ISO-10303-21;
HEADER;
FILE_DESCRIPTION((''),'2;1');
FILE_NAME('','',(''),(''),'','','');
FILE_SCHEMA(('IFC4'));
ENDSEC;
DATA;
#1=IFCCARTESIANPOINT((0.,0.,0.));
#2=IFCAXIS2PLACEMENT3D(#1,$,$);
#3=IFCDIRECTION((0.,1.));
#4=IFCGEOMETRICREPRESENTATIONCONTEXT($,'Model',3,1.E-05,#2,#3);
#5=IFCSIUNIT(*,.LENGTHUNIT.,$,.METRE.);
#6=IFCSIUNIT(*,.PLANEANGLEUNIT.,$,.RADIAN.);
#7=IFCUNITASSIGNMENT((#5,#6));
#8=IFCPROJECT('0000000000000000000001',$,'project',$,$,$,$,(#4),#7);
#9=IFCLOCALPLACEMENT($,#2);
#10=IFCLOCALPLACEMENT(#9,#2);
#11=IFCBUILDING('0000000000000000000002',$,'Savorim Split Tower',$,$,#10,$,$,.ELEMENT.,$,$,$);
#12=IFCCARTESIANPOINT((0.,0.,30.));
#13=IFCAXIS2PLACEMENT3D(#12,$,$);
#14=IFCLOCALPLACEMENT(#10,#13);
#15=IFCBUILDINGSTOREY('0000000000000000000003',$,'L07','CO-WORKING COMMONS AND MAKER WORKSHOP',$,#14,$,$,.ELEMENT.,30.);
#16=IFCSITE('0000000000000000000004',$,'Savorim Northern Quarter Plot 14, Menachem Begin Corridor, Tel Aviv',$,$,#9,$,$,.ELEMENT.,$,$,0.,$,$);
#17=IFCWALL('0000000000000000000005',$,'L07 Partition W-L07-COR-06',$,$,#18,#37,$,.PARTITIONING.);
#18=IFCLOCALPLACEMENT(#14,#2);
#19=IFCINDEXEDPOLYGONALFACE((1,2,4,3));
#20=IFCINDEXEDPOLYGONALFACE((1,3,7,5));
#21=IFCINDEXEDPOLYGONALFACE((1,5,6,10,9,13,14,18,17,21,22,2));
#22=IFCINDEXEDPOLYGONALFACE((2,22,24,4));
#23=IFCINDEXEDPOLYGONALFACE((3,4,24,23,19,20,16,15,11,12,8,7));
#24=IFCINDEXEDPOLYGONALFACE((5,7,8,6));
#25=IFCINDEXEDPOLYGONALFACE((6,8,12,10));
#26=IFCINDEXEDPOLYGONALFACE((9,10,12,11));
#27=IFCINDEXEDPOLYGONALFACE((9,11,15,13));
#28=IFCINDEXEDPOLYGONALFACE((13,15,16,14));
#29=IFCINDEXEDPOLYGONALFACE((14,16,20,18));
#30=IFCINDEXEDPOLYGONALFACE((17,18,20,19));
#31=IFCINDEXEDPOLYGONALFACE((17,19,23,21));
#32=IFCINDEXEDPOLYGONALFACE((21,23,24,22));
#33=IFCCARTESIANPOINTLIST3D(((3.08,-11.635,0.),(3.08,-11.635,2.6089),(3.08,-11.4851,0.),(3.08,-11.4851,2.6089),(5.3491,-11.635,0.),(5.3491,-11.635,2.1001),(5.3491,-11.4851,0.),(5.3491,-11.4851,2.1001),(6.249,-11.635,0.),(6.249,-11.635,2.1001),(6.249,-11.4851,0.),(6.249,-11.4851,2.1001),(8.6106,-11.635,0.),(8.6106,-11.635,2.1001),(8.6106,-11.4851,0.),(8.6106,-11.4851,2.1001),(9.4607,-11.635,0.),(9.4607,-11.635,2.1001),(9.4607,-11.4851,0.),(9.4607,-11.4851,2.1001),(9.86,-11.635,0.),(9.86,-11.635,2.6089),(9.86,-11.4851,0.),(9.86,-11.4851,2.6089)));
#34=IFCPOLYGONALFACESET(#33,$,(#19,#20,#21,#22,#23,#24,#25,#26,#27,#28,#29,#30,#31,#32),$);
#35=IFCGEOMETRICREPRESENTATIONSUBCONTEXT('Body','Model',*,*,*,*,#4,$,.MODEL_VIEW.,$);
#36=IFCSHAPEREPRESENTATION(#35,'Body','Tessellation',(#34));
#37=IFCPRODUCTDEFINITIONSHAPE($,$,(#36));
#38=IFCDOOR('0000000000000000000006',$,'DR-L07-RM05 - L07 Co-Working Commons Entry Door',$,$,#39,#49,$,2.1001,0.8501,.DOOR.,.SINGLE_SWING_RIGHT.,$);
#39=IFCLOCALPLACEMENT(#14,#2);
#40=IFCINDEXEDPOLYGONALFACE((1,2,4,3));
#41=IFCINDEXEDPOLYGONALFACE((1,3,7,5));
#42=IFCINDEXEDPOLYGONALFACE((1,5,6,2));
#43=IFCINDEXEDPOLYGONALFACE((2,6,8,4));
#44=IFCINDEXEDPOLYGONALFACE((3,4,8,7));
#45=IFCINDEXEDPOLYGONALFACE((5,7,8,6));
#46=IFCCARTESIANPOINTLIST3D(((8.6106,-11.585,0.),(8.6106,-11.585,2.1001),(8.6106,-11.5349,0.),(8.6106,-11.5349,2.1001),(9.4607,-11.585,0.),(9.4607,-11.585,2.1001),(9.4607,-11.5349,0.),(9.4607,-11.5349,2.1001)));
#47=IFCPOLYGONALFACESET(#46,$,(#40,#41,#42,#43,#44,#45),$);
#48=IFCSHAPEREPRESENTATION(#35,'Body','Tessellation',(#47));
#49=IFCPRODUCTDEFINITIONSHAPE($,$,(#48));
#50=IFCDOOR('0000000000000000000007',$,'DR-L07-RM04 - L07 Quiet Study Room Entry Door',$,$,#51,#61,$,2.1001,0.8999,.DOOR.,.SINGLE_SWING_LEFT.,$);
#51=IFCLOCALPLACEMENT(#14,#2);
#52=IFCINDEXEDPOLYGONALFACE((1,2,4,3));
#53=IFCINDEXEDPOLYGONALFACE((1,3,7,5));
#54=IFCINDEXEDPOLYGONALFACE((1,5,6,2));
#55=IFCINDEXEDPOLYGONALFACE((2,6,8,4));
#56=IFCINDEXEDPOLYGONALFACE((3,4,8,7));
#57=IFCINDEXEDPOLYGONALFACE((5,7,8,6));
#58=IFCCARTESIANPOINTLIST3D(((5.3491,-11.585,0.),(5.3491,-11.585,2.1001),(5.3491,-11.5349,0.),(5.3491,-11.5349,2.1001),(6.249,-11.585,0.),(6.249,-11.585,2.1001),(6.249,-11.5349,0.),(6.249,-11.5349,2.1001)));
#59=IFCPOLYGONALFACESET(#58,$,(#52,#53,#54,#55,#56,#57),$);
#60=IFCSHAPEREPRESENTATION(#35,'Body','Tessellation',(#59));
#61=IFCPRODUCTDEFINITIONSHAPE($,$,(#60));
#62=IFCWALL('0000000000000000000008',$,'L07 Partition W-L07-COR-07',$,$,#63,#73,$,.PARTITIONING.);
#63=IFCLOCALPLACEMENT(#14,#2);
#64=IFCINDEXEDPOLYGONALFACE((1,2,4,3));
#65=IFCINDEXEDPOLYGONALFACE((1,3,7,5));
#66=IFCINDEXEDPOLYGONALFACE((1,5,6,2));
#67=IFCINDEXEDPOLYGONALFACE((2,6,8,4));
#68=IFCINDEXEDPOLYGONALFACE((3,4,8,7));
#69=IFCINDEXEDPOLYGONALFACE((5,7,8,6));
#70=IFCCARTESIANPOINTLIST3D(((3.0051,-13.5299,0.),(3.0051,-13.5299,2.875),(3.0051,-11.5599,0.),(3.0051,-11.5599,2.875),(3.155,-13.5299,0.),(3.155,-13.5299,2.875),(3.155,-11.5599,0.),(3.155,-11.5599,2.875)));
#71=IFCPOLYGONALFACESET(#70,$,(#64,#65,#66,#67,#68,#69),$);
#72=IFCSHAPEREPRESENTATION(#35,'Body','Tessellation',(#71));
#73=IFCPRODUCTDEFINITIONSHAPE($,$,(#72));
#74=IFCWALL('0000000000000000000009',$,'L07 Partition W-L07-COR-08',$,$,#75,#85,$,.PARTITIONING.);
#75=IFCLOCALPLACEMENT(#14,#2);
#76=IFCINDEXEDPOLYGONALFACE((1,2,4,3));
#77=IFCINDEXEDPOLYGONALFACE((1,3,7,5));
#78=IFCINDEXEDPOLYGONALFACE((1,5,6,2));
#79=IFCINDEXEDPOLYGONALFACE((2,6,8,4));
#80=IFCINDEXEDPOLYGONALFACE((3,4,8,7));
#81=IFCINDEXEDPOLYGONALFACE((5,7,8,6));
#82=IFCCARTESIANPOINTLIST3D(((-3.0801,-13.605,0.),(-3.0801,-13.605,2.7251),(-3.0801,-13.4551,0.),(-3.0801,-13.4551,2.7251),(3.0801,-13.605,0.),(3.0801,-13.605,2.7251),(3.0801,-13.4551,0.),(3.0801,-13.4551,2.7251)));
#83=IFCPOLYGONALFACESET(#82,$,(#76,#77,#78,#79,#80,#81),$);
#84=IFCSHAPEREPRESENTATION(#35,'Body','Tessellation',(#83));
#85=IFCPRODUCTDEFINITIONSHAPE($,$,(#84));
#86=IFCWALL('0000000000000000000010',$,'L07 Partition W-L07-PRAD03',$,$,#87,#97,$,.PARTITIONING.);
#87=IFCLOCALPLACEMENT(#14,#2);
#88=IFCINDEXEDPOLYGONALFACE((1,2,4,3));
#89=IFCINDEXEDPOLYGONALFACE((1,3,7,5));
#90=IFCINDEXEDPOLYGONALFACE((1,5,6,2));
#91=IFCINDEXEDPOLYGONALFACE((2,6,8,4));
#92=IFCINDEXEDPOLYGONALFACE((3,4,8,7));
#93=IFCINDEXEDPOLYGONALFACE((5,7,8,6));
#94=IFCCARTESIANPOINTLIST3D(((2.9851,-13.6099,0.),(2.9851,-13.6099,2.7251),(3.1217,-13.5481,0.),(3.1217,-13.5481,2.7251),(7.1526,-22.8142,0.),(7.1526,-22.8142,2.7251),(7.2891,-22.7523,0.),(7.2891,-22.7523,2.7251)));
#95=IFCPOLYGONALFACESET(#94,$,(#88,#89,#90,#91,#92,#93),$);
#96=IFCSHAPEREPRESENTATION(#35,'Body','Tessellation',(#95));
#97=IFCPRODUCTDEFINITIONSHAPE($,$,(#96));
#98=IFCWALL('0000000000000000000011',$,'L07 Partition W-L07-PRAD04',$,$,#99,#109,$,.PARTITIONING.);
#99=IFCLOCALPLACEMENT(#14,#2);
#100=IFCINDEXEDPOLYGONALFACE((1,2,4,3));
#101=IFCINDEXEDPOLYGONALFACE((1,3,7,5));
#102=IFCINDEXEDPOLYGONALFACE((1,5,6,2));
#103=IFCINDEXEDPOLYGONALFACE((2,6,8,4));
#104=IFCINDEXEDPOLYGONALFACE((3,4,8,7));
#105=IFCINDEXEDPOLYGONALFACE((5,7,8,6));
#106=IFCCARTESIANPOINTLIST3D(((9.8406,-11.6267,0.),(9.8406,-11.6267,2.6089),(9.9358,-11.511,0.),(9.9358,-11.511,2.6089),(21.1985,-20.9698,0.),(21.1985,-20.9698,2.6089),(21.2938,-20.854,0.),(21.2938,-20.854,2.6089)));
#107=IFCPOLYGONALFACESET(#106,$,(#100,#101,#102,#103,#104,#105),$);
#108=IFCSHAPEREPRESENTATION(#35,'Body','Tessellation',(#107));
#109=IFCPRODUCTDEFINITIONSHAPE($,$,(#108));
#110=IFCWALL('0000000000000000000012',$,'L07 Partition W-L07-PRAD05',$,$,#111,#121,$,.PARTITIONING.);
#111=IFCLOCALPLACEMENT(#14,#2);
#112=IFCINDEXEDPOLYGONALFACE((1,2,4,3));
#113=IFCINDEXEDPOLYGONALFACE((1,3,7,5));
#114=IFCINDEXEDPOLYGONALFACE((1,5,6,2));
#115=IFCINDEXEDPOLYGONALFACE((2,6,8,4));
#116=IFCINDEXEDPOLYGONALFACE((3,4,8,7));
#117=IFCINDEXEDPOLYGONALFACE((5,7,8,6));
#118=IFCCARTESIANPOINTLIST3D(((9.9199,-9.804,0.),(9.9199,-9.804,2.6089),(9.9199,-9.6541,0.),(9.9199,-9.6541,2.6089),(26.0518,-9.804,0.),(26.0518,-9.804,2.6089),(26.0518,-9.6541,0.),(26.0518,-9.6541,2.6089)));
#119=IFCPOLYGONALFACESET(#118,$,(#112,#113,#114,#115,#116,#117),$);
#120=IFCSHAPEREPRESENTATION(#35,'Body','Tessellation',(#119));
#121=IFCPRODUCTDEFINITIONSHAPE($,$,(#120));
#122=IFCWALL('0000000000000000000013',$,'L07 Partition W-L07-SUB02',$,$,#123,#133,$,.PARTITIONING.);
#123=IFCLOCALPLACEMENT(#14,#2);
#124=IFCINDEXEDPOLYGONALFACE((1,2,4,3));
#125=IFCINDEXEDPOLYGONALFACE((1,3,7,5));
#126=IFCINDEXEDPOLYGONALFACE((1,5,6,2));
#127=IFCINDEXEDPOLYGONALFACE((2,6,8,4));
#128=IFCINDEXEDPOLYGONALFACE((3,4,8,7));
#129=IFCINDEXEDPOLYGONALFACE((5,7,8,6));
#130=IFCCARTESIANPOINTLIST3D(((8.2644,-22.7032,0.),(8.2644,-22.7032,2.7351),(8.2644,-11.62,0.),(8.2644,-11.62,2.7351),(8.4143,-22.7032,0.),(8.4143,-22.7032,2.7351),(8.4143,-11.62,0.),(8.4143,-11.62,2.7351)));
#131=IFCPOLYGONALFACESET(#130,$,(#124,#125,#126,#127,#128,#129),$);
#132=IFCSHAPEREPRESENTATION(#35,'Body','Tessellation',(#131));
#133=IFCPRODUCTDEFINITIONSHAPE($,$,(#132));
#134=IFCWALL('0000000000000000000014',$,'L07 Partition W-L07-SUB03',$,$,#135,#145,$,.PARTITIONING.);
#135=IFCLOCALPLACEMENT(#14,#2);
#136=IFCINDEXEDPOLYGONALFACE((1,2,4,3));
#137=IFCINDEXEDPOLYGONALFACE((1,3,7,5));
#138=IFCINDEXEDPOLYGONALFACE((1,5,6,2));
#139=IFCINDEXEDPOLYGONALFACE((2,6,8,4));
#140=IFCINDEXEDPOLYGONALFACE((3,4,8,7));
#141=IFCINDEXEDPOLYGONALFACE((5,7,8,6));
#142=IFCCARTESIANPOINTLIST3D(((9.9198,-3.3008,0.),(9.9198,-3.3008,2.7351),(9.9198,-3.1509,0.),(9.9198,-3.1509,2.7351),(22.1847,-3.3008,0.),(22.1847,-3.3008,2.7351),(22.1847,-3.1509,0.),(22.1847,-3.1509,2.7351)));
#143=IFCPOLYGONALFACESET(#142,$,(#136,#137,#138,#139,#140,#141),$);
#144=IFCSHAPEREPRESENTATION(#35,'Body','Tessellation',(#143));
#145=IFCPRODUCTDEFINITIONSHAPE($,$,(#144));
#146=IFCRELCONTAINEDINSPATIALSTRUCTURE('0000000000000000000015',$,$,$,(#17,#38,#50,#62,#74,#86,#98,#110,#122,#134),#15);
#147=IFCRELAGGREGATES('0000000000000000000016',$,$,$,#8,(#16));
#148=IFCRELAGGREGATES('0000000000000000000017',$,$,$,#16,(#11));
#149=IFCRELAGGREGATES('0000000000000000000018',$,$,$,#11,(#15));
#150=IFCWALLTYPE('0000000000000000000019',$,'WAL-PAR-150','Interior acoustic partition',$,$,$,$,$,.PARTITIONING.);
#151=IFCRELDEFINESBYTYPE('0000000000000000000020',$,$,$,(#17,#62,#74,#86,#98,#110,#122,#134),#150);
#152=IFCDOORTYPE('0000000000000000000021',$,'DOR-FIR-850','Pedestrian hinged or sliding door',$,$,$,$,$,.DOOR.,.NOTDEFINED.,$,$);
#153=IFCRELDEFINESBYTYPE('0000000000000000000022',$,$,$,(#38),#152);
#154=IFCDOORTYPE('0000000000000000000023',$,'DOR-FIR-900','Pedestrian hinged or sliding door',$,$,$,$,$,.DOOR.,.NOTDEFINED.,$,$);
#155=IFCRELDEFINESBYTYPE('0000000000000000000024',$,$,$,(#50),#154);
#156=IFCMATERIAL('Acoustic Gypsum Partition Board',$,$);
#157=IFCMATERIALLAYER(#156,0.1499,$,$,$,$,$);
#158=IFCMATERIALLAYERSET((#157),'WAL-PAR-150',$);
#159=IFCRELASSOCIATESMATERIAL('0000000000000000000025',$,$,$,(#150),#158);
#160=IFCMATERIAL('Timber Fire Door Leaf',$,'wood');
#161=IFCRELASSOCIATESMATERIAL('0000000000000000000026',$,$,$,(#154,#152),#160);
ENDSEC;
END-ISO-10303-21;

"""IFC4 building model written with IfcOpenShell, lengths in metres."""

from ifc_helpers import new_model, si_unit, direction, frame, frame_2d, origin, place, context, subcontext, project, spatial, rectangle, extrude, material, layer, layer_set, type_object, element, fill, save


model = new_model("IFC4")

# Units and contexts
model_context = context("Model", 3, precision=1e-05, world=origin(), true_north=direction((0.0, 1.0)))
body_context = subcontext(model_context, "Body", "Model", "MODEL_VIEW")
ifc_project = project(units=[si_unit("LENGTHUNIT", "METRE"), si_unit("PLANEANGLEUNIT", "RADIAN")], contexts=[model_context])

# Site, building, storey
site_placement = place(None, origin())
site = spatial("IfcSite", under=ifc_project, at=site_placement, Name="Savorim Northern Quarter Plot 14, Menachem Begin Corridor, Tel Aviv", CompositionType="ELEMENT", RefElevation=0.0)
building_placement = place(site_placement, origin())
building = spatial("IfcBuilding", under=site, at=building_placement, Name="Savorim Split Tower", CompositionType="ELEMENT")
storey_placement = place(building_placement, frame((0.0, 0.0, 30.0)))
storey = spatial("IfcBuildingStorey", under=building, at=storey_placement, Name="L07", Description="CO-WORKING COMMONS AND MAKER WORKSHOP", CompositionType="ELEMENT", Elevation=30.0)

# Shared definitions
ifc_material_1 = material(Name="Acoustic Gypsum Partition Board")
ifc_layer_1 = layer(ifc_material_1, 0.1499)
ifc_layer_set_1 = layer_set([ifc_layer_1], Name="WAL-PAR-150")
wall_type_1 = type_object("IfcWallType", Name="WAL-PAR-150", Description="Interior acoustic partition", PredefinedType="PARTITIONING", material=ifc_layer_set_1)

# Shared definitions
ifc_material_2 = material(Name="Timber Fire Door Leaf", Category="wood")
door_type_1 = type_object("IfcDoorType", Name="DOR-FIR-900", Description="Pedestrian hinged or sliding door", OperationType="NOTDEFINED", PredefinedType="DOOR", material=ifc_material_2)

# Wall, openings, doors
wall_1_placement = place(storey_placement, frame((9.8601, -11.5601, 0.0), z_axis=(0.0, 0.0, 1.0), x_axis=(-1.0, 0.0, 0.0)))
wall_1 = element("IfcWall", 1, at=wall_1_placement, inside=storey, type_object=wall_type_1, Name="L07 Partition W-L07-COR-06", PredefinedType="PARTITIONING", context=body_context, shape_type="SweptSolid", body=[
    extrude(rectangle(XDim=6.78, YDim=0.1499, at=frame_2d((3.3901, 0.0))), origin(), (0.0, 0.0, 1.0), 2.6089),
])
opening_1_placement = place(wall_1_placement, frame((3.6111, 0.0, 0.0)))
opening_1 = element("IfcOpeningElement", 2, at=opening_1_placement, cuts=wall_1, PredefinedType="OPENING", context=body_context, shape_type="SweptSolid", body=[
    extrude(rectangle(XDim=0.8999, YDim=2.1001, at=frame_2d((0.45, 1.05))), frame((0.0, 0.085, 0.0), z_axis=(0.0, -1.0, 0.0), x_axis=(1.0, 0.0, 0.0)), (0.0, 0.0, 1.0), 0.1699),
])
opening_2_placement = place(wall_1_placement, frame((0.3994, 0.0, 0.0)))
opening_2 = element("IfcOpeningElement", 3, at=opening_2_placement, cuts=wall_1, PredefinedType="OPENING", context=body_context, shape_type="SweptSolid", body=[
    extrude(rectangle(XDim=0.8501, YDim=2.1001, at=frame_2d((0.425, 1.05))), frame((0.0, 0.085, 0.0), z_axis=(0.0, -1.0, 0.0), x_axis=(1.0, 0.0, 0.0)), (0.0, 0.0, 1.0), 0.1699),
])
door_type_2 = type_object("IfcDoorType", Name="DOR-FIR-850", Description="Pedestrian hinged or sliding door", OperationType="NOTDEFINED", PredefinedType="DOOR", material=ifc_material_2)
door_1_placement = place(opening_2_placement, origin())
door_1 = element("IfcDoor", 4, at=door_1_placement, inside=storey, type_object=door_type_2, Name="DR-L07-RM05 - L07 Co-Working Commons Entry Door", OperationType="SINGLE_SWING_RIGHT", OverallHeight=2.1001, OverallWidth=0.8501, PredefinedType="DOOR", context=body_context, shape_type="SweptSolid", body=[
    extrude(rectangle(XDim=0.8501, YDim=2.1001, at=frame_2d((0.425, 1.05))), frame((0.0, 0.0249, 0.0), z_axis=(0.0, -1.0, 0.0), x_axis=(1.0, 0.0, 0.0)), (0.0, 0.0, 1.0), 0.05),
])
fill(opening_2, door_1)
door_2_placement = place(opening_1_placement, origin())
door_2 = element("IfcDoor", 5, at=door_2_placement, inside=storey, type_object=door_type_1, Name="DR-L07-RM04 - L07 Quiet Study Room Entry Door", OperationType="SINGLE_SWING_LEFT", OverallHeight=2.1001, OverallWidth=0.8999, PredefinedType="DOOR", context=body_context, shape_type="SweptSolid", body=[
    extrude(rectangle(XDim=0.8999, YDim=2.1001, at=frame_2d((0.45, 1.05))), frame((0.0, 0.0249, 0.0), z_axis=(0.0, -1.0, 0.0), x_axis=(1.0, 0.0, 0.0)), (0.0, 0.0, 1.0), 0.05),
])
fill(opening_1, door_2)

# Walls
wall_2_placement = place(storey_placement, frame((3.0801, -11.5601, 0.0), z_axis=(0.0, 0.0, 1.0), x_axis=(0.0, -1.0, 0.0)))
element("IfcWall", 6, at=wall_2_placement, inside=storey, type_object=wall_type_1, Name="L07 Partition W-L07-COR-07", PredefinedType="PARTITIONING", context=body_context, shape_type="SweptSolid", body=[
    extrude(rectangle(XDim=1.97, YDim=0.1499, at=frame_2d((0.9849, 0.0))), origin(), (0.0, 0.0, 1.0), 2.875),
])
wall_3_placement = place(storey_placement, frame((3.0801, -13.53, 0.0), z_axis=(0.0, 0.0, 1.0), x_axis=(-1.0, 0.0, 0.0)))
element("IfcWall", 7, at=wall_3_placement, inside=storey, type_object=wall_type_1, Name="L07 Partition W-L07-COR-08", PredefinedType="PARTITIONING", context=body_context, shape_type="SweptSolid", body=[
    extrude(rectangle(XDim=6.1602, YDim=0.1499, at=frame_2d((3.0801, 0.0))), origin(), (0.0, 0.0, 1.0), 2.7251),
])
wall_4_placement = place(storey_placement, frame((3.0535, -13.5791, 0.0), z_axis=(0.0, 0.0, 1.0), x_axis=(0.412464, -0.910974, 0.0)))
element("IfcWall", 8, at=wall_4_placement, inside=storey, type_object=wall_type_1, Name="L07 Partition W-L07-PRAD03", PredefinedType="PARTITIONING", context=body_context, shape_type="SweptSolid", body=[
    extrude(rectangle(XDim=10.1038, YDim=0.1499, at=frame_2d((5.0518, 0.0))), origin(), (0.0, 0.0, 1.0), 2.7251),
])
wall_5_placement = place(storey_placement, frame((9.8882, -11.5688, 0.0), z_axis=(0.0, 0.0, 1.0), x_axis=(0.772282, -0.635279, 0.0)))
element("IfcWall", 9, at=wall_5_placement, inside=storey, type_object=wall_type_1, Name="L07 Partition W-L07-PRAD04", PredefinedType="PARTITIONING", context=body_context, shape_type="SweptSolid", body=[
    extrude(rectangle(XDim=14.707, YDim=0.1499, at=frame_2d((7.3535, 0.0))), origin(), (0.0, 0.0, 1.0), 2.6089),
])
wall_6_placement = place(storey_placement, frame((9.9199, -9.729, 0.0), z_axis=(0.0, 0.0, 1.0), x_axis=(1.0, 0.0, 0.0)))
element("IfcWall", 10, at=wall_6_placement, inside=storey, type_object=wall_type_1, Name="L07 Partition W-L07-PRAD05", PredefinedType="PARTITIONING", context=body_context, shape_type="SweptSolid", body=[
    extrude(rectangle(XDim=16.1318, YDim=0.1499, at=frame_2d((8.0659, 0.0))), origin(), (0.0, 0.0, 1.0), 2.6089),
])
wall_7_placement = place(storey_placement, frame((8.3394, -11.6201, 0.0), z_axis=(0.0, 0.0, 1.0), x_axis=(0.0, -1.0, 0.0)))
element("IfcWall", 11, at=wall_7_placement, inside=storey, type_object=wall_type_1, Name="L07 Partition W-L07-SUB02", PredefinedType="PARTITIONING", context=body_context, shape_type="SweptSolid", body=[
    extrude(rectangle(XDim=11.0833, YDim=0.1499, at=frame_2d((5.5415, 0.0))), origin(), (0.0, 0.0, 1.0), 2.7351),
])
wall_8_placement = place(storey_placement, frame((9.9199, -3.2258, 0.0), z_axis=(0.0, 0.0, 1.0), x_axis=(1.0, 0.0, 0.0)))
element("IfcWall", 12, at=wall_8_placement, inside=storey, type_object=wall_type_1, Name="L07 Partition W-L07-SUB03", PredefinedType="PARTITIONING", context=body_context, shape_type="SweptSolid", body=[
    extrude(rectangle(XDim=12.2649, YDim=0.1499, at=frame_2d((6.1323, 0.0))), origin(), (0.0, 0.0, 1.0), 2.7351),
])

save(model, "model.ifc")
